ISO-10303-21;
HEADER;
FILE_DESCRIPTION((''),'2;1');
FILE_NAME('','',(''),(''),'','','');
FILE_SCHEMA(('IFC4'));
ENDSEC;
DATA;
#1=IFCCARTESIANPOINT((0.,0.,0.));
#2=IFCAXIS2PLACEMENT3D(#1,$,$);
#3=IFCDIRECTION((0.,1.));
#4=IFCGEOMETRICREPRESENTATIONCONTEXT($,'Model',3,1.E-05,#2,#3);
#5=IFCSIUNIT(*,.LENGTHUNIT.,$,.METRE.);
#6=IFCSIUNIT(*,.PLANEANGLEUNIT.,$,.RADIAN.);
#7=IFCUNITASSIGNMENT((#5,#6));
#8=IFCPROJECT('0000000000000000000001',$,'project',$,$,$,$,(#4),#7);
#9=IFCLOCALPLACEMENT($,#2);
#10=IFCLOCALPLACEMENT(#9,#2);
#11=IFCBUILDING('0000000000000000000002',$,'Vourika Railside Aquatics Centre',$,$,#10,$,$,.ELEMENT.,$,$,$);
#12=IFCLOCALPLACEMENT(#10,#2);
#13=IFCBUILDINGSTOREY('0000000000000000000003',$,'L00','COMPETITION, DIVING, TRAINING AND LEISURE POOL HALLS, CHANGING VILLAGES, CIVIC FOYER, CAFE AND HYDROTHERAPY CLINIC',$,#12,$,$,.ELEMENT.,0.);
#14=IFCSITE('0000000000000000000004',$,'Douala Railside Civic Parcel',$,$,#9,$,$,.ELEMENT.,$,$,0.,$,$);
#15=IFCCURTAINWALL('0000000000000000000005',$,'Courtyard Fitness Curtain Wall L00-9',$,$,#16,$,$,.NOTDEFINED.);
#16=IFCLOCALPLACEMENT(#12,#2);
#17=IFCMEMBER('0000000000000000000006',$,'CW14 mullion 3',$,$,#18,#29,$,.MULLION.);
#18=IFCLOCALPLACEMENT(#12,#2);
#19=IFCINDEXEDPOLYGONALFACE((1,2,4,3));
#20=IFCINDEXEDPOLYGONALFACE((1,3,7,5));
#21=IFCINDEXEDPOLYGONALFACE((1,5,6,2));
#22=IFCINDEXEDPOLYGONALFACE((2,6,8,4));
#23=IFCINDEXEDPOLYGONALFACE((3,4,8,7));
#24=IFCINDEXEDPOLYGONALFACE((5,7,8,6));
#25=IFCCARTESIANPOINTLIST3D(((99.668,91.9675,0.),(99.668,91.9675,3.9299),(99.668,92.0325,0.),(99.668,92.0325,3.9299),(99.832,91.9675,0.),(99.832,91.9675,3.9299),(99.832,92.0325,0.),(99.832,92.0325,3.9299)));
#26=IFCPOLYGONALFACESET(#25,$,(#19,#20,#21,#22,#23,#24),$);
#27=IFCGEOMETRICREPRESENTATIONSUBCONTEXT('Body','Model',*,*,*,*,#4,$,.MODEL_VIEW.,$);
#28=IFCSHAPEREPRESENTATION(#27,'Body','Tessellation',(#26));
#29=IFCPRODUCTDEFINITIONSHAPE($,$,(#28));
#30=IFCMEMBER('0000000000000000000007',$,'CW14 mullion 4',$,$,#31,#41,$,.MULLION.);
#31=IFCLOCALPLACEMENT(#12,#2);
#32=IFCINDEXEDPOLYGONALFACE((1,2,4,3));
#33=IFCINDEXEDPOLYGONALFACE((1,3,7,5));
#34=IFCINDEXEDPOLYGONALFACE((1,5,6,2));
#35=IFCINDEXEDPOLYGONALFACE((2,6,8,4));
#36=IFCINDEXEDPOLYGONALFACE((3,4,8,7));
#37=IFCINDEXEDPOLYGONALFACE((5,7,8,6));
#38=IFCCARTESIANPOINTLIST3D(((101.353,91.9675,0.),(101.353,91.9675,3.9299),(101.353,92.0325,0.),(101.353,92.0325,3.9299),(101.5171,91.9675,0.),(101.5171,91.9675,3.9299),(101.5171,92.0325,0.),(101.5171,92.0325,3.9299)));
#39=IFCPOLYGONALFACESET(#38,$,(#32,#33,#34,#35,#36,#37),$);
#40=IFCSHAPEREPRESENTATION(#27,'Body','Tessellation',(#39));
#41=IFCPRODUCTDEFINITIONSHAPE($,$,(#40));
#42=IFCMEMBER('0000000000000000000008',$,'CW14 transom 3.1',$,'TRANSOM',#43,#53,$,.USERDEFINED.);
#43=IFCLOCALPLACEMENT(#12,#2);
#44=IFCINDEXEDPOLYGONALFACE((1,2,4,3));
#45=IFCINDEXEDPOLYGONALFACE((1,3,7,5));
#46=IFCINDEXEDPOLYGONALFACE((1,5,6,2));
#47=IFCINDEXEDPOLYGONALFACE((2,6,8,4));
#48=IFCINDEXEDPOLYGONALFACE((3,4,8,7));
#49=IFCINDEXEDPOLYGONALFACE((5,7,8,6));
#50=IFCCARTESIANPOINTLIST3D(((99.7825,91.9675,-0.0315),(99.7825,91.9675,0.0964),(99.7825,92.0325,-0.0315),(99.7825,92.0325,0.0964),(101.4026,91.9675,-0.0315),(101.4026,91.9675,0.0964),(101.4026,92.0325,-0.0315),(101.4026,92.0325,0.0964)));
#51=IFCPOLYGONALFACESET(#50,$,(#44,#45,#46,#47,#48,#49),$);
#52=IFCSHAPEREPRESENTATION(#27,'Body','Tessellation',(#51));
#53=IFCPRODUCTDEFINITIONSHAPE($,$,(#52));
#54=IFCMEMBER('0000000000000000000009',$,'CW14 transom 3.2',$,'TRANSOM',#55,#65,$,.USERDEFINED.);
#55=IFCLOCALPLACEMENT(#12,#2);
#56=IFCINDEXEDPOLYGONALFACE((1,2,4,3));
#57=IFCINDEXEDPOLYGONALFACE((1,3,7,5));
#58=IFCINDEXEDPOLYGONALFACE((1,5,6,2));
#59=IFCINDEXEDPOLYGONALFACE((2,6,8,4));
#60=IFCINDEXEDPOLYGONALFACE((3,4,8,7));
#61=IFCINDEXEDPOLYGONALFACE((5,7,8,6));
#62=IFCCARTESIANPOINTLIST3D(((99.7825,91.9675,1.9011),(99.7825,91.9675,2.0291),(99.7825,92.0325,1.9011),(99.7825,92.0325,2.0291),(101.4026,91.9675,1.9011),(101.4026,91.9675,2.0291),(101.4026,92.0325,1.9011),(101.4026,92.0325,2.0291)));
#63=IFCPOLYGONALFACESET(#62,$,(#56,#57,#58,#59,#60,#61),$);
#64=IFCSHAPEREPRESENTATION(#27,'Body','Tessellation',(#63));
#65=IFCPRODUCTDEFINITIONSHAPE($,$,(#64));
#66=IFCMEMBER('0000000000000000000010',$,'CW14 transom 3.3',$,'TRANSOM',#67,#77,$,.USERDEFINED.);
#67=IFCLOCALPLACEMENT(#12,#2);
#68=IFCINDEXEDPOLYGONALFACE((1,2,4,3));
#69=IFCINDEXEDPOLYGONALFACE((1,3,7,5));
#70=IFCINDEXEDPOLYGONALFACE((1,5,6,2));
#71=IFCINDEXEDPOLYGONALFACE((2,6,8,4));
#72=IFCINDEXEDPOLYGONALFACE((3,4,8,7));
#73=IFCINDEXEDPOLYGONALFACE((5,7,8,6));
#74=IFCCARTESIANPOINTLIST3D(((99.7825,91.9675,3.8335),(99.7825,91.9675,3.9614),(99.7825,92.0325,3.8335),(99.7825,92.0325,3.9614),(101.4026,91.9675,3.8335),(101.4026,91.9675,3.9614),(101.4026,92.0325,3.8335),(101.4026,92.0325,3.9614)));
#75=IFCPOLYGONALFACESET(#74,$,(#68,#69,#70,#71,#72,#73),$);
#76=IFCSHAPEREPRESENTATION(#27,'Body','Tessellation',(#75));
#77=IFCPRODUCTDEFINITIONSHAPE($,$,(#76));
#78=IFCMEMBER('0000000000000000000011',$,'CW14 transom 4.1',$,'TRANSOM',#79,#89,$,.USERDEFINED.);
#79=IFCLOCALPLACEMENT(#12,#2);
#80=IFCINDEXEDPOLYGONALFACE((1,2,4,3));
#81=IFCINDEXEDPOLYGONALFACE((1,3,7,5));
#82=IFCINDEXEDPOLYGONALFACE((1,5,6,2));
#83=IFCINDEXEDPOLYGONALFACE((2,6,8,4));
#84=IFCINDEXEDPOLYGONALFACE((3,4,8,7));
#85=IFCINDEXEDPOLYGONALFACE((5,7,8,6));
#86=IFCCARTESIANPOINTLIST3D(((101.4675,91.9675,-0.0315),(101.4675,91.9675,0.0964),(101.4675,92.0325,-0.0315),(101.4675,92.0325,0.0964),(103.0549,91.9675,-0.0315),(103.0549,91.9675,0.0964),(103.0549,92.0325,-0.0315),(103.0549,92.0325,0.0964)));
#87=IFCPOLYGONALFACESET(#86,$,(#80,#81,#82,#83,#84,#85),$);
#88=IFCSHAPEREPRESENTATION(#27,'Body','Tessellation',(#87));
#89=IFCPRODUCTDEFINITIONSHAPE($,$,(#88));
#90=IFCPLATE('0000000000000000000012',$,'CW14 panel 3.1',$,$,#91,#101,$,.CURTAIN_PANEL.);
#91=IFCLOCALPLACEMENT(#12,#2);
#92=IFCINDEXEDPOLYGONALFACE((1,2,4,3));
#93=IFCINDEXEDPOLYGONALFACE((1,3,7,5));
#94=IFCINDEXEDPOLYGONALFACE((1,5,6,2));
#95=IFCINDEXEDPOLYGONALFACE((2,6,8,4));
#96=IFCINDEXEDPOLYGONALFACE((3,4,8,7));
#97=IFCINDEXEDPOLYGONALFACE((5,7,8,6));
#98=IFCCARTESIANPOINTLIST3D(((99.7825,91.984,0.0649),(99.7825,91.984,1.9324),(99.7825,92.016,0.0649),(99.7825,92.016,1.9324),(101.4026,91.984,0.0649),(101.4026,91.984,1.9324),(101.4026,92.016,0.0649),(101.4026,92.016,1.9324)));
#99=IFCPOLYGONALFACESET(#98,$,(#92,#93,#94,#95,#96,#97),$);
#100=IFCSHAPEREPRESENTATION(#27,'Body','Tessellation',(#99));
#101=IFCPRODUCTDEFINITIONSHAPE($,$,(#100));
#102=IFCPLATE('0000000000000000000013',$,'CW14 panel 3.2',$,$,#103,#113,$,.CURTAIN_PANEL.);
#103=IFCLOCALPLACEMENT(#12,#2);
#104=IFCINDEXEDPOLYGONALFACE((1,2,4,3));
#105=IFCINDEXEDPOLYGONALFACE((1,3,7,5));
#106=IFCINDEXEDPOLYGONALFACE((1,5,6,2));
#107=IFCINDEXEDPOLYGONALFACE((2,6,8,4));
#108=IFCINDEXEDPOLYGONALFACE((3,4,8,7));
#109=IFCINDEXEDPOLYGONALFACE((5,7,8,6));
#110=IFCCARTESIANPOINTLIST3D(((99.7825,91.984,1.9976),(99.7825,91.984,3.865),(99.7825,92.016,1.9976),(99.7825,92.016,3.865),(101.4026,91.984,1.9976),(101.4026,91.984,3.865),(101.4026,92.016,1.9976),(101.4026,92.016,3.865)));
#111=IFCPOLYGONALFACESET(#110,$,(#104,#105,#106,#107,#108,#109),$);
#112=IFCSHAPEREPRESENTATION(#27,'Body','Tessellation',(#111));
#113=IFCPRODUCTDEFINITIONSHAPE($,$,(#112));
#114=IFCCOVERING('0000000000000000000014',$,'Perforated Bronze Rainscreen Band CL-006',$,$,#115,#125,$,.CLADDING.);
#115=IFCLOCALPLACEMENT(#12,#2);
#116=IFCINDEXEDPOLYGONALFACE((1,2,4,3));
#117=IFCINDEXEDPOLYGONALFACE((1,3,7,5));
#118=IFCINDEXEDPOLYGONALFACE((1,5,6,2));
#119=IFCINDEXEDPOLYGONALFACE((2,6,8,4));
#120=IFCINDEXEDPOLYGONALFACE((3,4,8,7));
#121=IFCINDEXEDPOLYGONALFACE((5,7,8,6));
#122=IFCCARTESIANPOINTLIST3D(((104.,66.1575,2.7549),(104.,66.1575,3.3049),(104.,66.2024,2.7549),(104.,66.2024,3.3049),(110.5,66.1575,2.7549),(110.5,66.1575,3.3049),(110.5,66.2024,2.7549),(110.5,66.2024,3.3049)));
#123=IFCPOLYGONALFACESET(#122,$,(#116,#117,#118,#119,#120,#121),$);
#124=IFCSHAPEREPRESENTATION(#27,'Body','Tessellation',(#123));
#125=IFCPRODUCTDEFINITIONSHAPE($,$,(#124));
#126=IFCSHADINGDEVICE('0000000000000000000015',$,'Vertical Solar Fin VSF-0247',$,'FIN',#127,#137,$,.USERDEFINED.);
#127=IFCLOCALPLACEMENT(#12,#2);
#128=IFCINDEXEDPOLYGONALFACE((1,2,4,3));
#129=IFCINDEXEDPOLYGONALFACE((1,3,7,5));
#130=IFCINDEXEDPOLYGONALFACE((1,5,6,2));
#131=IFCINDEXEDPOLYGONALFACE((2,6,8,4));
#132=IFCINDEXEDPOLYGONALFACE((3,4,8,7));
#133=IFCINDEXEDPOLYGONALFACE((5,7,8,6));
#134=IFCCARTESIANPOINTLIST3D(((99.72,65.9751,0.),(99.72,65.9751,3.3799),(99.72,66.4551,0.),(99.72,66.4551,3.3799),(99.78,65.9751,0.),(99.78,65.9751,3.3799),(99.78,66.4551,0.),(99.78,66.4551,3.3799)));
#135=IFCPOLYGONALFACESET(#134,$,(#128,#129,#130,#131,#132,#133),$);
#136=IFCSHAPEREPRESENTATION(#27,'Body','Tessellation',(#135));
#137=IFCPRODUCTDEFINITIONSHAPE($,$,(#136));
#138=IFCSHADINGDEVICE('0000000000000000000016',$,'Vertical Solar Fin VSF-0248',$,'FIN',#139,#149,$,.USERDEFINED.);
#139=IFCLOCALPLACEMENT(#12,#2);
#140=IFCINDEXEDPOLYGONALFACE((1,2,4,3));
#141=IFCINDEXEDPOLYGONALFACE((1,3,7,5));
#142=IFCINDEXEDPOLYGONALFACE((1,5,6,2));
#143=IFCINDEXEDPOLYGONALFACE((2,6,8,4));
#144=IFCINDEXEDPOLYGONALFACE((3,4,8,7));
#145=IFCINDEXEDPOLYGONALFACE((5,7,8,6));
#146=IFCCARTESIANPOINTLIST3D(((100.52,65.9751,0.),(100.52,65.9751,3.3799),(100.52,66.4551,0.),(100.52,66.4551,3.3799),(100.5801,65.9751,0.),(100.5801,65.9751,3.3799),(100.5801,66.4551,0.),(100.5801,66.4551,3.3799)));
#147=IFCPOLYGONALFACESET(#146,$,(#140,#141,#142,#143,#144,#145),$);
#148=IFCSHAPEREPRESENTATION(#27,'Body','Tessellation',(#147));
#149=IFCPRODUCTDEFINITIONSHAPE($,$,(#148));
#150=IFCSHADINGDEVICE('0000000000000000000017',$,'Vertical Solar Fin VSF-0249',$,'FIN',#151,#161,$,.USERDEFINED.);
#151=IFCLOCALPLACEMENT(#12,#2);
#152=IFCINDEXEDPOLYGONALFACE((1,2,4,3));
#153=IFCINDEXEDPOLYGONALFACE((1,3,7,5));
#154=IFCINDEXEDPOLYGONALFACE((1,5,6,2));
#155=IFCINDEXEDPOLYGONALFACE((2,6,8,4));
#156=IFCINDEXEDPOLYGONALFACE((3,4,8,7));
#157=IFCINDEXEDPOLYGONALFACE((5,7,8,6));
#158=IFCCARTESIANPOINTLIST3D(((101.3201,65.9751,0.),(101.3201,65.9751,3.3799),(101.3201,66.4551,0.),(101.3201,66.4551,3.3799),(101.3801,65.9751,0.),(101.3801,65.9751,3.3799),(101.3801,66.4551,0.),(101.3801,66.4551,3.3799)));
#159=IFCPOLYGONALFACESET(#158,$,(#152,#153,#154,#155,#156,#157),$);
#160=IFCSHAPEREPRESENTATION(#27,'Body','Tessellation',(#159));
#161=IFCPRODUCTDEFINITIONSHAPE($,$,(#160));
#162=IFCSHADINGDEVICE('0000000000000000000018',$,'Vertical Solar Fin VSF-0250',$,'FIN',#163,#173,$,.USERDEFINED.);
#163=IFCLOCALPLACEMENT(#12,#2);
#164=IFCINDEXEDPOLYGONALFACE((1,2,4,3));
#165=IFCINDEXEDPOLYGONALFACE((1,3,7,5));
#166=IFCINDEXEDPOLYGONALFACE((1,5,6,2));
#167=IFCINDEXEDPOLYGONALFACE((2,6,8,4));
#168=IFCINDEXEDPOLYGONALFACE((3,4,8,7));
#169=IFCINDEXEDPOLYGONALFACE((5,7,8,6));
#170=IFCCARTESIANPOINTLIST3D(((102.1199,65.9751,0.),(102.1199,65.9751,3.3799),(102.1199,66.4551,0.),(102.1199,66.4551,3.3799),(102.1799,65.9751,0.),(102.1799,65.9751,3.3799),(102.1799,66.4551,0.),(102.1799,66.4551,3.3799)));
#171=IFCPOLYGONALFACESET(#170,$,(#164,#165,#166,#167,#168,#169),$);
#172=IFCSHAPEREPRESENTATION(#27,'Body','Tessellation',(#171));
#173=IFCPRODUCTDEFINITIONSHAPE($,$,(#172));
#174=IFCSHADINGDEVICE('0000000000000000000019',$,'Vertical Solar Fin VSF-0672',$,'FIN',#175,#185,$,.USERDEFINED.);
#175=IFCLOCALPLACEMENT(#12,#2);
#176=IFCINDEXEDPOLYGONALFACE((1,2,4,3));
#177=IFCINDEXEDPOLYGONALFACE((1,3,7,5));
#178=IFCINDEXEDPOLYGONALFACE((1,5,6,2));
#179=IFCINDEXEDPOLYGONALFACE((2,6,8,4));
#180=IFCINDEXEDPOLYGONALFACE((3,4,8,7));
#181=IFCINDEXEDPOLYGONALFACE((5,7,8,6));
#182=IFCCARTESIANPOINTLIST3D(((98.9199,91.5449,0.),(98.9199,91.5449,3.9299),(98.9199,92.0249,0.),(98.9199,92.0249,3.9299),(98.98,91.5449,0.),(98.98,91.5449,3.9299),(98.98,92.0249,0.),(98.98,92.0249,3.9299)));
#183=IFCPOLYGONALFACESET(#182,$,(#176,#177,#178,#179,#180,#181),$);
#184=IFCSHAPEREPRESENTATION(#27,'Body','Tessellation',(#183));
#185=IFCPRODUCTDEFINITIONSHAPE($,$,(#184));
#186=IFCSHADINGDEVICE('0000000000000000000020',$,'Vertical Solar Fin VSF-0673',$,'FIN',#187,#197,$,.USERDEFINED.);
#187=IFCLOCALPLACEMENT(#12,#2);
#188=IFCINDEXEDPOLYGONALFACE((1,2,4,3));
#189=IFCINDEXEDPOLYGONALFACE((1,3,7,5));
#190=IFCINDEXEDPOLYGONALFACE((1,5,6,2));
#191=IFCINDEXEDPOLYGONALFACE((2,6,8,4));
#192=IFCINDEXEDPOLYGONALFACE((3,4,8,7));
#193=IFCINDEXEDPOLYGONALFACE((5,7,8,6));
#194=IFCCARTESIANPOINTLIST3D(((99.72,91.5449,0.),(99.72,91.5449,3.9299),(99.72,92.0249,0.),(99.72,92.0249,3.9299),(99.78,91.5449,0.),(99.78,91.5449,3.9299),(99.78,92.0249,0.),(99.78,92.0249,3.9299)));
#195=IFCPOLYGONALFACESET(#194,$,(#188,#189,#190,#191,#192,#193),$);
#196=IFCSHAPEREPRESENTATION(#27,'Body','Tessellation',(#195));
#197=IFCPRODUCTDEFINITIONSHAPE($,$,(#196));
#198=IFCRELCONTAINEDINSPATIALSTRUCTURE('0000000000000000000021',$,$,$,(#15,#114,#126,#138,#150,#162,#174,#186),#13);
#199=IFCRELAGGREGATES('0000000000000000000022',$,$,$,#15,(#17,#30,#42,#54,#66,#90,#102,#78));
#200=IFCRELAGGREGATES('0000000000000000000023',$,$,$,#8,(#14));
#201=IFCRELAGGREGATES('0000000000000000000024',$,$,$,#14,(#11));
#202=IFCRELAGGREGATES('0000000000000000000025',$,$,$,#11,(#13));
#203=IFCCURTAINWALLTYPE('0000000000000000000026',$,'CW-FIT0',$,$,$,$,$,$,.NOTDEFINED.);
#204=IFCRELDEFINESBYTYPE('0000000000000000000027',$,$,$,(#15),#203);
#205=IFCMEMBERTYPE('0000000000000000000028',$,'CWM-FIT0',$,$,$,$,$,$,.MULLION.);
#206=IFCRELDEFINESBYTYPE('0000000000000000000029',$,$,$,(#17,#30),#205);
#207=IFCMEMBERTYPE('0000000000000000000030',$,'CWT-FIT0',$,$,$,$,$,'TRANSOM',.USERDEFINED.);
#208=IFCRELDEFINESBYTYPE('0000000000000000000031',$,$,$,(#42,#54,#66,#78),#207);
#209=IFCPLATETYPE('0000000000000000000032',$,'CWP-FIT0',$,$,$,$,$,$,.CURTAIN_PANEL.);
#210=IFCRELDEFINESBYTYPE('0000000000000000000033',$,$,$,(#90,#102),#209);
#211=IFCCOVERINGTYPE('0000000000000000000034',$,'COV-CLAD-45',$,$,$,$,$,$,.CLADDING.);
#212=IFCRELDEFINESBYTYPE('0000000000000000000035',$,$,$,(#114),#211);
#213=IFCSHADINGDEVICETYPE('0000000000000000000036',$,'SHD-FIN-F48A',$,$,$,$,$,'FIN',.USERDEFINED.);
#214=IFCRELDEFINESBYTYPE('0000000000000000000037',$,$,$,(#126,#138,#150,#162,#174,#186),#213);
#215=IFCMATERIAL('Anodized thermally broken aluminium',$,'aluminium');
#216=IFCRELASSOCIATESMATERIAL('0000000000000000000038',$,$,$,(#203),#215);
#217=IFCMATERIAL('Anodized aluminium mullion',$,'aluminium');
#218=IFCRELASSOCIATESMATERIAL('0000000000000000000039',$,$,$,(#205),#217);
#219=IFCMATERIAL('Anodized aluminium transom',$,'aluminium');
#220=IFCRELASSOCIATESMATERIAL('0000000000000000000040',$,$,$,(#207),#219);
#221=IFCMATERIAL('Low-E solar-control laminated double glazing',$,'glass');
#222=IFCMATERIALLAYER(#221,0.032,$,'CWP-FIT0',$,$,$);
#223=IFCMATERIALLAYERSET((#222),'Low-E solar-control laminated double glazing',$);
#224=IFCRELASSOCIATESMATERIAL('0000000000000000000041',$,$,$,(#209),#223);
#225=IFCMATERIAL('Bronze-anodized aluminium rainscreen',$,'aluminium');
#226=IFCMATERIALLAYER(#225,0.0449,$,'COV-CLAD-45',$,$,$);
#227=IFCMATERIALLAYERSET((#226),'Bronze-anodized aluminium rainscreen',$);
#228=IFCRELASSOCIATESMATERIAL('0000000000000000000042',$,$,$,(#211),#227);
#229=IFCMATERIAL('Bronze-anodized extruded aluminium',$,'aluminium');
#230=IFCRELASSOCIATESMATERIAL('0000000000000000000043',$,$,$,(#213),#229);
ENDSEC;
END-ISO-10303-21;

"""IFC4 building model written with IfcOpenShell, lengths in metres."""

from ifc_helpers import new_model, si_unit, direction, frame, origin, origin_2d, place, context, subcontext, project, spatial, rectangle, extrude, material, layer, layer_set, material_profile, profile_set, type_object, element, aggregate, save


model = new_model("IFC4")

# Units and contexts
model_context = context("Model", 3, precision=1e-05, world=origin(), true_north=direction((0.0, 1.0)))
body_context = subcontext(model_context, "Body", "Model", "MODEL_VIEW")
ifc_project = project(units=[si_unit("LENGTHUNIT", "METRE"), si_unit("PLANEANGLEUNIT", "RADIAN")], contexts=[model_context])

# Site, building, storey
site_placement = place(None, origin())
site = spatial("IfcSite", under=ifc_project, at=site_placement, Name="Douala Railside Civic Parcel", CompositionType="ELEMENT", RefElevation=0.0)
building_placement = place(site_placement, origin())
building = spatial("IfcBuilding", under=site, at=building_placement, Name="Vourika Railside Aquatics Centre", CompositionType="ELEMENT")
storey_placement = place(building_placement, origin())
storey = spatial("IfcBuildingStorey", under=building, at=storey_placement, Name="L00", Description="COMPETITION, DIVING, TRAINING AND LEISURE POOL HALLS, CHANGING VILLAGES, CIVIC FOYER, CAFE AND HYDROTHERAPY CLINIC", CompositionType="ELEMENT", Elevation=0.0)

# Curtain wall, members, plates
ifc_material_1 = material(Name="Anodized thermally broken aluminium", Category="aluminium")
curtain_wall_type = type_object("IfcCurtainWallType", Name="CW-FIT0", PredefinedType="NOTDEFINED", material=ifc_material_1)
curtain_wall_placement = place(storey_placement, origin())
curtain_wall = element("IfcCurtainWall", 1, at=curtain_wall_placement, inside=storey, type_object=curtain_wall_type, Name="Courtyard Fitness Curtain Wall L00-9", PredefinedType="NOTDEFINED")
ifc_material_2 = material(Name="Anodized aluminium mullion", Category="aluminium")
ifc_material_profile_1 = material_profile(ifc_material_2, rectangle(XDim=0.0649, YDim=0.1641, at=origin_2d()), Name="ALU-M 65x164")
ifc_profile_set_1 = profile_set([ifc_material_profile_1], Name="Anodized aluminium mullion")
member_type_1 = type_object("IfcMemberType", Name="CWM-FIT0", PredefinedType="MULLION", material=ifc_profile_set_1)
member_1_placement = place(storey_placement, frame((99.75, 92.0, 0.0), z_axis=(0.0, 0.0, 1.0), x_axis=(0.0, 1.0, 0.0)))
member_1 = element("IfcMember", 2, at=member_1_placement, type_object=member_type_1, Name="CW14 mullion 3", PredefinedType="MULLION", context=body_context, shape_type="SweptSolid", body=[
    extrude(rectangle(XDim=0.0649, YDim=0.1641, at=origin_2d()), origin(), (0.0, 0.0, 1.0), 3.9299),
])
member_2_placement = place(storey_placement, frame((101.4351, 92.0, 0.0), z_axis=(0.0, 0.0, 1.0), x_axis=(0.0, 1.0, 0.0)))
member_2 = element("IfcMember", 3, at=member_2_placement, type_object=member_type_1, Name="CW14 mullion 4", PredefinedType="MULLION", context=body_context, shape_type="SweptSolid", body=[
    extrude(rectangle(XDim=0.0649, YDim=0.1641, at=origin_2d()), origin(), (0.0, 0.0, 1.0), 3.9299),
])
ifc_material_3 = material(Name="Anodized aluminium transom", Category="aluminium")
ifc_material_profile_2 = material_profile(ifc_material_3, rectangle(XDim=0.0649, YDim=0.1279, at=origin_2d()), Name="ALU-T 65x128")
ifc_profile_set_2 = profile_set([ifc_material_profile_2], Name="Anodized aluminium transom")
member_type_2 = type_object("IfcMemberType", Name="CWT-FIT0", ElementType="TRANSOM", PredefinedType="USERDEFINED", material=ifc_profile_set_2)
member_3_placement = place(storey_placement, frame((99.7825, 92.0, 0.0325), z_axis=(1.0, 0.0, 0.0), x_axis=(0.0, 1.0, 0.0)))
member_3 = element("IfcMember", 4, at=member_3_placement, type_object=member_type_2, Name="CW14 transom 3.1", ObjectType="TRANSOM", PredefinedType="USERDEFINED", context=body_context, shape_type="SweptSolid", body=[
    extrude(rectangle(XDim=0.0649, YDim=0.1279, at=origin_2d()), origin(), (0.0, 0.0, 1.0), 1.6201),
])
member_4_placement = place(storey_placement, frame((99.7825, 92.0, 1.9651), z_axis=(1.0, 0.0, 0.0), x_axis=(0.0, 1.0, 0.0)))
member_4 = element("IfcMember", 5, at=member_4_placement, type_object=member_type_2, Name="CW14 transom 3.2", ObjectType="TRANSOM", PredefinedType="USERDEFINED", context=body_context, shape_type="SweptSolid", body=[
    extrude(rectangle(XDim=0.0649, YDim=0.1279, at=origin_2d()), origin(), (0.0, 0.0, 1.0), 1.6201),
])
member_5_placement = place(storey_placement, frame((99.7825, 92.0, 3.8975), z_axis=(1.0, 0.0, 0.0), x_axis=(0.0, 1.0, 0.0)))
member_5 = element("IfcMember", 6, at=member_5_placement, type_object=member_type_2, Name="CW14 transom 3.3", ObjectType="TRANSOM", PredefinedType="USERDEFINED", context=body_context, shape_type="SweptSolid", body=[
    extrude(rectangle(XDim=0.0649, YDim=0.1279, at=origin_2d()), origin(), (0.0, 0.0, 1.0), 1.6201),
])
member_6_placement = place(storey_placement, frame((101.4675, 92.0, 0.0325), z_axis=(1.0, 0.0, 0.0), x_axis=(0.0, 1.0, 0.0)))
member_6 = element("IfcMember", 7, at=member_6_placement, type_object=member_type_2, Name="CW14 transom 4.1", ObjectType="TRANSOM", PredefinedType="USERDEFINED", context=body_context, shape_type="SweptSolid", body=[
    extrude(rectangle(XDim=0.0649, YDim=0.1279, at=origin_2d()), origin(), (0.0, 0.0, 1.0), 1.5874),
])
ifc_material_4 = material(Name="Low-E solar-control laminated double glazing", Category="glass")
ifc_layer_1 = layer(ifc_material_4, 0.032, Name="CWP-FIT0")
ifc_layer_set_1 = layer_set([ifc_layer_1], Name="Low-E solar-control laminated double glazing")
plate_type = type_object("IfcPlateType", Name="CWP-FIT0", PredefinedType="CURTAIN_PANEL", material=ifc_layer_set_1)
plate_1_placement = place(storey_placement, frame((100.5925, 92.0, 0.0649), z_axis=(0.0, 0.0, 1.0), x_axis=(1.0, 0.0, 0.0)))
plate_1 = element("IfcPlate", 8, at=plate_1_placement, type_object=plate_type, Name="CW14 panel 3.1", PredefinedType="CURTAIN_PANEL", context=body_context, shape_type="SweptSolid", body=[
    extrude(rectangle(XDim=1.6201, YDim=0.032, at=origin_2d()), origin(), (0.0, 0.0, 1.0), 1.8674),
])
plate_2_placement = place(storey_placement, frame((100.5925, 92.0, 1.9976), z_axis=(0.0, 0.0, 1.0), x_axis=(1.0, 0.0, 0.0)))
plate_2 = element("IfcPlate", 9, at=plate_2_placement, type_object=plate_type, Name="CW14 panel 3.2", PredefinedType="CURTAIN_PANEL", context=body_context, shape_type="SweptSolid", body=[
    extrude(rectangle(XDim=1.6201, YDim=0.032, at=origin_2d()), origin(), (0.0, 0.0, 1.0), 1.8674),
])
aggregate(curtain_wall, [member_1, member_2, member_3, member_4, member_5, plate_1, plate_2, member_6])

# Covering
ifc_material_5 = material(Name="Bronze-anodized aluminium rainscreen", Category="aluminium")
ifc_layer_2 = layer(ifc_material_5, 0.0449, Name="COV-CLAD-45")
ifc_layer_set_2 = layer_set([ifc_layer_2], Name="Bronze-anodized aluminium rainscreen")
covering_type = type_object("IfcCoveringType", Name="COV-CLAD-45", PredefinedType="CLADDING", material=ifc_layer_set_2)
covering_placement = place(storey_placement, frame((107.25, 66.1799, 2.7549), z_axis=(0.0, 0.0, 1.0), x_axis=(-1.0, 0.0, 0.0)))
element("IfcCovering", 10, at=covering_placement, inside=storey, type_object=covering_type, Name="Perforated Bronze Rainscreen Band CL-006", PredefinedType="CLADDING", context=body_context, shape_type="SweptSolid", body=[
    extrude(rectangle(XDim=6.5, YDim=0.0449, at=origin_2d()), origin(), (0.0, 0.0, 1.0), 0.55),
])

# Shading devices
ifc_material_6 = material(Name="Bronze-anodized extruded aluminium", Category="aluminium")
ifc_material_profile_3 = material_profile(ifc_material_6, rectangle(XDim=0.0601, YDim=0.48, at=origin_2d()), Name="ALU-FIN 60x480")
ifc_profile_set_3 = profile_set([ifc_material_profile_3], Name="Bronze-anodized extruded aluminium")
shading_device_type = type_object("IfcShadingDeviceType", Name="SHD-FIN-F48A", ElementType="FIN", PredefinedType="USERDEFINED", material=ifc_profile_set_3)
for number, where, z_axis, x_axis, name in (
    (11, (99.75, 66.2151, 0.0), (0.0, 0.0, 1.0), (1.0, 0.0, 0.0), "Vertical Solar Fin VSF-0247"),
    (12, (100.55, 66.2151, 0.0), (0.0, 0.0, 1.0), (1.0, 0.0, 0.0), "Vertical Solar Fin VSF-0248"),
    (13, (101.3501, 66.2151, 0.0), (0.0, 0.0, 1.0), (1.0, 0.0, 0.0), "Vertical Solar Fin VSF-0249"),
    (14, (102.1499, 66.2151, 0.0), (0.0, 0.0, 1.0), (1.0, 0.0, 0.0), "Vertical Solar Fin VSF-0250"),
):
    element("IfcShadingDevice", number, at=place(storey_placement, frame(where, z_axis=z_axis, x_axis=x_axis)), inside=storey, type_object=shading_device_type, Name=name, ObjectType="FIN", PredefinedType="USERDEFINED", context=body_context, shape_type="SweptSolid", body=[
        extrude(rectangle(XDim=0.0601, YDim=0.48, at=origin_2d()), origin(), (0.0, 0.0, 1.0), 3.3799),
    ])
for number, where, z_axis, x_axis, name in (
    (15, (98.95, 91.7849, 0.0), (0.0, 0.0, 1.0), (-1.0, 0.0, 0.0), "Vertical Solar Fin VSF-0672"),
    (16, (99.75, 91.7849, 0.0), (0.0, 0.0, 1.0), (-1.0, 0.0, 0.0), "Vertical Solar Fin VSF-0673"),
):
    element("IfcShadingDevice", number, at=place(storey_placement, frame(where, z_axis=z_axis, x_axis=x_axis)), inside=storey, type_object=shading_device_type, Name=name, ObjectType="FIN", PredefinedType="USERDEFINED", context=body_context, shape_type="SweptSolid", body=[
        extrude(rectangle(XDim=0.0601, YDim=0.48, at=origin_2d()), origin(), (0.0, 0.0, 1.0), 3.9299),
    ])

save(model, "model.ifc")
